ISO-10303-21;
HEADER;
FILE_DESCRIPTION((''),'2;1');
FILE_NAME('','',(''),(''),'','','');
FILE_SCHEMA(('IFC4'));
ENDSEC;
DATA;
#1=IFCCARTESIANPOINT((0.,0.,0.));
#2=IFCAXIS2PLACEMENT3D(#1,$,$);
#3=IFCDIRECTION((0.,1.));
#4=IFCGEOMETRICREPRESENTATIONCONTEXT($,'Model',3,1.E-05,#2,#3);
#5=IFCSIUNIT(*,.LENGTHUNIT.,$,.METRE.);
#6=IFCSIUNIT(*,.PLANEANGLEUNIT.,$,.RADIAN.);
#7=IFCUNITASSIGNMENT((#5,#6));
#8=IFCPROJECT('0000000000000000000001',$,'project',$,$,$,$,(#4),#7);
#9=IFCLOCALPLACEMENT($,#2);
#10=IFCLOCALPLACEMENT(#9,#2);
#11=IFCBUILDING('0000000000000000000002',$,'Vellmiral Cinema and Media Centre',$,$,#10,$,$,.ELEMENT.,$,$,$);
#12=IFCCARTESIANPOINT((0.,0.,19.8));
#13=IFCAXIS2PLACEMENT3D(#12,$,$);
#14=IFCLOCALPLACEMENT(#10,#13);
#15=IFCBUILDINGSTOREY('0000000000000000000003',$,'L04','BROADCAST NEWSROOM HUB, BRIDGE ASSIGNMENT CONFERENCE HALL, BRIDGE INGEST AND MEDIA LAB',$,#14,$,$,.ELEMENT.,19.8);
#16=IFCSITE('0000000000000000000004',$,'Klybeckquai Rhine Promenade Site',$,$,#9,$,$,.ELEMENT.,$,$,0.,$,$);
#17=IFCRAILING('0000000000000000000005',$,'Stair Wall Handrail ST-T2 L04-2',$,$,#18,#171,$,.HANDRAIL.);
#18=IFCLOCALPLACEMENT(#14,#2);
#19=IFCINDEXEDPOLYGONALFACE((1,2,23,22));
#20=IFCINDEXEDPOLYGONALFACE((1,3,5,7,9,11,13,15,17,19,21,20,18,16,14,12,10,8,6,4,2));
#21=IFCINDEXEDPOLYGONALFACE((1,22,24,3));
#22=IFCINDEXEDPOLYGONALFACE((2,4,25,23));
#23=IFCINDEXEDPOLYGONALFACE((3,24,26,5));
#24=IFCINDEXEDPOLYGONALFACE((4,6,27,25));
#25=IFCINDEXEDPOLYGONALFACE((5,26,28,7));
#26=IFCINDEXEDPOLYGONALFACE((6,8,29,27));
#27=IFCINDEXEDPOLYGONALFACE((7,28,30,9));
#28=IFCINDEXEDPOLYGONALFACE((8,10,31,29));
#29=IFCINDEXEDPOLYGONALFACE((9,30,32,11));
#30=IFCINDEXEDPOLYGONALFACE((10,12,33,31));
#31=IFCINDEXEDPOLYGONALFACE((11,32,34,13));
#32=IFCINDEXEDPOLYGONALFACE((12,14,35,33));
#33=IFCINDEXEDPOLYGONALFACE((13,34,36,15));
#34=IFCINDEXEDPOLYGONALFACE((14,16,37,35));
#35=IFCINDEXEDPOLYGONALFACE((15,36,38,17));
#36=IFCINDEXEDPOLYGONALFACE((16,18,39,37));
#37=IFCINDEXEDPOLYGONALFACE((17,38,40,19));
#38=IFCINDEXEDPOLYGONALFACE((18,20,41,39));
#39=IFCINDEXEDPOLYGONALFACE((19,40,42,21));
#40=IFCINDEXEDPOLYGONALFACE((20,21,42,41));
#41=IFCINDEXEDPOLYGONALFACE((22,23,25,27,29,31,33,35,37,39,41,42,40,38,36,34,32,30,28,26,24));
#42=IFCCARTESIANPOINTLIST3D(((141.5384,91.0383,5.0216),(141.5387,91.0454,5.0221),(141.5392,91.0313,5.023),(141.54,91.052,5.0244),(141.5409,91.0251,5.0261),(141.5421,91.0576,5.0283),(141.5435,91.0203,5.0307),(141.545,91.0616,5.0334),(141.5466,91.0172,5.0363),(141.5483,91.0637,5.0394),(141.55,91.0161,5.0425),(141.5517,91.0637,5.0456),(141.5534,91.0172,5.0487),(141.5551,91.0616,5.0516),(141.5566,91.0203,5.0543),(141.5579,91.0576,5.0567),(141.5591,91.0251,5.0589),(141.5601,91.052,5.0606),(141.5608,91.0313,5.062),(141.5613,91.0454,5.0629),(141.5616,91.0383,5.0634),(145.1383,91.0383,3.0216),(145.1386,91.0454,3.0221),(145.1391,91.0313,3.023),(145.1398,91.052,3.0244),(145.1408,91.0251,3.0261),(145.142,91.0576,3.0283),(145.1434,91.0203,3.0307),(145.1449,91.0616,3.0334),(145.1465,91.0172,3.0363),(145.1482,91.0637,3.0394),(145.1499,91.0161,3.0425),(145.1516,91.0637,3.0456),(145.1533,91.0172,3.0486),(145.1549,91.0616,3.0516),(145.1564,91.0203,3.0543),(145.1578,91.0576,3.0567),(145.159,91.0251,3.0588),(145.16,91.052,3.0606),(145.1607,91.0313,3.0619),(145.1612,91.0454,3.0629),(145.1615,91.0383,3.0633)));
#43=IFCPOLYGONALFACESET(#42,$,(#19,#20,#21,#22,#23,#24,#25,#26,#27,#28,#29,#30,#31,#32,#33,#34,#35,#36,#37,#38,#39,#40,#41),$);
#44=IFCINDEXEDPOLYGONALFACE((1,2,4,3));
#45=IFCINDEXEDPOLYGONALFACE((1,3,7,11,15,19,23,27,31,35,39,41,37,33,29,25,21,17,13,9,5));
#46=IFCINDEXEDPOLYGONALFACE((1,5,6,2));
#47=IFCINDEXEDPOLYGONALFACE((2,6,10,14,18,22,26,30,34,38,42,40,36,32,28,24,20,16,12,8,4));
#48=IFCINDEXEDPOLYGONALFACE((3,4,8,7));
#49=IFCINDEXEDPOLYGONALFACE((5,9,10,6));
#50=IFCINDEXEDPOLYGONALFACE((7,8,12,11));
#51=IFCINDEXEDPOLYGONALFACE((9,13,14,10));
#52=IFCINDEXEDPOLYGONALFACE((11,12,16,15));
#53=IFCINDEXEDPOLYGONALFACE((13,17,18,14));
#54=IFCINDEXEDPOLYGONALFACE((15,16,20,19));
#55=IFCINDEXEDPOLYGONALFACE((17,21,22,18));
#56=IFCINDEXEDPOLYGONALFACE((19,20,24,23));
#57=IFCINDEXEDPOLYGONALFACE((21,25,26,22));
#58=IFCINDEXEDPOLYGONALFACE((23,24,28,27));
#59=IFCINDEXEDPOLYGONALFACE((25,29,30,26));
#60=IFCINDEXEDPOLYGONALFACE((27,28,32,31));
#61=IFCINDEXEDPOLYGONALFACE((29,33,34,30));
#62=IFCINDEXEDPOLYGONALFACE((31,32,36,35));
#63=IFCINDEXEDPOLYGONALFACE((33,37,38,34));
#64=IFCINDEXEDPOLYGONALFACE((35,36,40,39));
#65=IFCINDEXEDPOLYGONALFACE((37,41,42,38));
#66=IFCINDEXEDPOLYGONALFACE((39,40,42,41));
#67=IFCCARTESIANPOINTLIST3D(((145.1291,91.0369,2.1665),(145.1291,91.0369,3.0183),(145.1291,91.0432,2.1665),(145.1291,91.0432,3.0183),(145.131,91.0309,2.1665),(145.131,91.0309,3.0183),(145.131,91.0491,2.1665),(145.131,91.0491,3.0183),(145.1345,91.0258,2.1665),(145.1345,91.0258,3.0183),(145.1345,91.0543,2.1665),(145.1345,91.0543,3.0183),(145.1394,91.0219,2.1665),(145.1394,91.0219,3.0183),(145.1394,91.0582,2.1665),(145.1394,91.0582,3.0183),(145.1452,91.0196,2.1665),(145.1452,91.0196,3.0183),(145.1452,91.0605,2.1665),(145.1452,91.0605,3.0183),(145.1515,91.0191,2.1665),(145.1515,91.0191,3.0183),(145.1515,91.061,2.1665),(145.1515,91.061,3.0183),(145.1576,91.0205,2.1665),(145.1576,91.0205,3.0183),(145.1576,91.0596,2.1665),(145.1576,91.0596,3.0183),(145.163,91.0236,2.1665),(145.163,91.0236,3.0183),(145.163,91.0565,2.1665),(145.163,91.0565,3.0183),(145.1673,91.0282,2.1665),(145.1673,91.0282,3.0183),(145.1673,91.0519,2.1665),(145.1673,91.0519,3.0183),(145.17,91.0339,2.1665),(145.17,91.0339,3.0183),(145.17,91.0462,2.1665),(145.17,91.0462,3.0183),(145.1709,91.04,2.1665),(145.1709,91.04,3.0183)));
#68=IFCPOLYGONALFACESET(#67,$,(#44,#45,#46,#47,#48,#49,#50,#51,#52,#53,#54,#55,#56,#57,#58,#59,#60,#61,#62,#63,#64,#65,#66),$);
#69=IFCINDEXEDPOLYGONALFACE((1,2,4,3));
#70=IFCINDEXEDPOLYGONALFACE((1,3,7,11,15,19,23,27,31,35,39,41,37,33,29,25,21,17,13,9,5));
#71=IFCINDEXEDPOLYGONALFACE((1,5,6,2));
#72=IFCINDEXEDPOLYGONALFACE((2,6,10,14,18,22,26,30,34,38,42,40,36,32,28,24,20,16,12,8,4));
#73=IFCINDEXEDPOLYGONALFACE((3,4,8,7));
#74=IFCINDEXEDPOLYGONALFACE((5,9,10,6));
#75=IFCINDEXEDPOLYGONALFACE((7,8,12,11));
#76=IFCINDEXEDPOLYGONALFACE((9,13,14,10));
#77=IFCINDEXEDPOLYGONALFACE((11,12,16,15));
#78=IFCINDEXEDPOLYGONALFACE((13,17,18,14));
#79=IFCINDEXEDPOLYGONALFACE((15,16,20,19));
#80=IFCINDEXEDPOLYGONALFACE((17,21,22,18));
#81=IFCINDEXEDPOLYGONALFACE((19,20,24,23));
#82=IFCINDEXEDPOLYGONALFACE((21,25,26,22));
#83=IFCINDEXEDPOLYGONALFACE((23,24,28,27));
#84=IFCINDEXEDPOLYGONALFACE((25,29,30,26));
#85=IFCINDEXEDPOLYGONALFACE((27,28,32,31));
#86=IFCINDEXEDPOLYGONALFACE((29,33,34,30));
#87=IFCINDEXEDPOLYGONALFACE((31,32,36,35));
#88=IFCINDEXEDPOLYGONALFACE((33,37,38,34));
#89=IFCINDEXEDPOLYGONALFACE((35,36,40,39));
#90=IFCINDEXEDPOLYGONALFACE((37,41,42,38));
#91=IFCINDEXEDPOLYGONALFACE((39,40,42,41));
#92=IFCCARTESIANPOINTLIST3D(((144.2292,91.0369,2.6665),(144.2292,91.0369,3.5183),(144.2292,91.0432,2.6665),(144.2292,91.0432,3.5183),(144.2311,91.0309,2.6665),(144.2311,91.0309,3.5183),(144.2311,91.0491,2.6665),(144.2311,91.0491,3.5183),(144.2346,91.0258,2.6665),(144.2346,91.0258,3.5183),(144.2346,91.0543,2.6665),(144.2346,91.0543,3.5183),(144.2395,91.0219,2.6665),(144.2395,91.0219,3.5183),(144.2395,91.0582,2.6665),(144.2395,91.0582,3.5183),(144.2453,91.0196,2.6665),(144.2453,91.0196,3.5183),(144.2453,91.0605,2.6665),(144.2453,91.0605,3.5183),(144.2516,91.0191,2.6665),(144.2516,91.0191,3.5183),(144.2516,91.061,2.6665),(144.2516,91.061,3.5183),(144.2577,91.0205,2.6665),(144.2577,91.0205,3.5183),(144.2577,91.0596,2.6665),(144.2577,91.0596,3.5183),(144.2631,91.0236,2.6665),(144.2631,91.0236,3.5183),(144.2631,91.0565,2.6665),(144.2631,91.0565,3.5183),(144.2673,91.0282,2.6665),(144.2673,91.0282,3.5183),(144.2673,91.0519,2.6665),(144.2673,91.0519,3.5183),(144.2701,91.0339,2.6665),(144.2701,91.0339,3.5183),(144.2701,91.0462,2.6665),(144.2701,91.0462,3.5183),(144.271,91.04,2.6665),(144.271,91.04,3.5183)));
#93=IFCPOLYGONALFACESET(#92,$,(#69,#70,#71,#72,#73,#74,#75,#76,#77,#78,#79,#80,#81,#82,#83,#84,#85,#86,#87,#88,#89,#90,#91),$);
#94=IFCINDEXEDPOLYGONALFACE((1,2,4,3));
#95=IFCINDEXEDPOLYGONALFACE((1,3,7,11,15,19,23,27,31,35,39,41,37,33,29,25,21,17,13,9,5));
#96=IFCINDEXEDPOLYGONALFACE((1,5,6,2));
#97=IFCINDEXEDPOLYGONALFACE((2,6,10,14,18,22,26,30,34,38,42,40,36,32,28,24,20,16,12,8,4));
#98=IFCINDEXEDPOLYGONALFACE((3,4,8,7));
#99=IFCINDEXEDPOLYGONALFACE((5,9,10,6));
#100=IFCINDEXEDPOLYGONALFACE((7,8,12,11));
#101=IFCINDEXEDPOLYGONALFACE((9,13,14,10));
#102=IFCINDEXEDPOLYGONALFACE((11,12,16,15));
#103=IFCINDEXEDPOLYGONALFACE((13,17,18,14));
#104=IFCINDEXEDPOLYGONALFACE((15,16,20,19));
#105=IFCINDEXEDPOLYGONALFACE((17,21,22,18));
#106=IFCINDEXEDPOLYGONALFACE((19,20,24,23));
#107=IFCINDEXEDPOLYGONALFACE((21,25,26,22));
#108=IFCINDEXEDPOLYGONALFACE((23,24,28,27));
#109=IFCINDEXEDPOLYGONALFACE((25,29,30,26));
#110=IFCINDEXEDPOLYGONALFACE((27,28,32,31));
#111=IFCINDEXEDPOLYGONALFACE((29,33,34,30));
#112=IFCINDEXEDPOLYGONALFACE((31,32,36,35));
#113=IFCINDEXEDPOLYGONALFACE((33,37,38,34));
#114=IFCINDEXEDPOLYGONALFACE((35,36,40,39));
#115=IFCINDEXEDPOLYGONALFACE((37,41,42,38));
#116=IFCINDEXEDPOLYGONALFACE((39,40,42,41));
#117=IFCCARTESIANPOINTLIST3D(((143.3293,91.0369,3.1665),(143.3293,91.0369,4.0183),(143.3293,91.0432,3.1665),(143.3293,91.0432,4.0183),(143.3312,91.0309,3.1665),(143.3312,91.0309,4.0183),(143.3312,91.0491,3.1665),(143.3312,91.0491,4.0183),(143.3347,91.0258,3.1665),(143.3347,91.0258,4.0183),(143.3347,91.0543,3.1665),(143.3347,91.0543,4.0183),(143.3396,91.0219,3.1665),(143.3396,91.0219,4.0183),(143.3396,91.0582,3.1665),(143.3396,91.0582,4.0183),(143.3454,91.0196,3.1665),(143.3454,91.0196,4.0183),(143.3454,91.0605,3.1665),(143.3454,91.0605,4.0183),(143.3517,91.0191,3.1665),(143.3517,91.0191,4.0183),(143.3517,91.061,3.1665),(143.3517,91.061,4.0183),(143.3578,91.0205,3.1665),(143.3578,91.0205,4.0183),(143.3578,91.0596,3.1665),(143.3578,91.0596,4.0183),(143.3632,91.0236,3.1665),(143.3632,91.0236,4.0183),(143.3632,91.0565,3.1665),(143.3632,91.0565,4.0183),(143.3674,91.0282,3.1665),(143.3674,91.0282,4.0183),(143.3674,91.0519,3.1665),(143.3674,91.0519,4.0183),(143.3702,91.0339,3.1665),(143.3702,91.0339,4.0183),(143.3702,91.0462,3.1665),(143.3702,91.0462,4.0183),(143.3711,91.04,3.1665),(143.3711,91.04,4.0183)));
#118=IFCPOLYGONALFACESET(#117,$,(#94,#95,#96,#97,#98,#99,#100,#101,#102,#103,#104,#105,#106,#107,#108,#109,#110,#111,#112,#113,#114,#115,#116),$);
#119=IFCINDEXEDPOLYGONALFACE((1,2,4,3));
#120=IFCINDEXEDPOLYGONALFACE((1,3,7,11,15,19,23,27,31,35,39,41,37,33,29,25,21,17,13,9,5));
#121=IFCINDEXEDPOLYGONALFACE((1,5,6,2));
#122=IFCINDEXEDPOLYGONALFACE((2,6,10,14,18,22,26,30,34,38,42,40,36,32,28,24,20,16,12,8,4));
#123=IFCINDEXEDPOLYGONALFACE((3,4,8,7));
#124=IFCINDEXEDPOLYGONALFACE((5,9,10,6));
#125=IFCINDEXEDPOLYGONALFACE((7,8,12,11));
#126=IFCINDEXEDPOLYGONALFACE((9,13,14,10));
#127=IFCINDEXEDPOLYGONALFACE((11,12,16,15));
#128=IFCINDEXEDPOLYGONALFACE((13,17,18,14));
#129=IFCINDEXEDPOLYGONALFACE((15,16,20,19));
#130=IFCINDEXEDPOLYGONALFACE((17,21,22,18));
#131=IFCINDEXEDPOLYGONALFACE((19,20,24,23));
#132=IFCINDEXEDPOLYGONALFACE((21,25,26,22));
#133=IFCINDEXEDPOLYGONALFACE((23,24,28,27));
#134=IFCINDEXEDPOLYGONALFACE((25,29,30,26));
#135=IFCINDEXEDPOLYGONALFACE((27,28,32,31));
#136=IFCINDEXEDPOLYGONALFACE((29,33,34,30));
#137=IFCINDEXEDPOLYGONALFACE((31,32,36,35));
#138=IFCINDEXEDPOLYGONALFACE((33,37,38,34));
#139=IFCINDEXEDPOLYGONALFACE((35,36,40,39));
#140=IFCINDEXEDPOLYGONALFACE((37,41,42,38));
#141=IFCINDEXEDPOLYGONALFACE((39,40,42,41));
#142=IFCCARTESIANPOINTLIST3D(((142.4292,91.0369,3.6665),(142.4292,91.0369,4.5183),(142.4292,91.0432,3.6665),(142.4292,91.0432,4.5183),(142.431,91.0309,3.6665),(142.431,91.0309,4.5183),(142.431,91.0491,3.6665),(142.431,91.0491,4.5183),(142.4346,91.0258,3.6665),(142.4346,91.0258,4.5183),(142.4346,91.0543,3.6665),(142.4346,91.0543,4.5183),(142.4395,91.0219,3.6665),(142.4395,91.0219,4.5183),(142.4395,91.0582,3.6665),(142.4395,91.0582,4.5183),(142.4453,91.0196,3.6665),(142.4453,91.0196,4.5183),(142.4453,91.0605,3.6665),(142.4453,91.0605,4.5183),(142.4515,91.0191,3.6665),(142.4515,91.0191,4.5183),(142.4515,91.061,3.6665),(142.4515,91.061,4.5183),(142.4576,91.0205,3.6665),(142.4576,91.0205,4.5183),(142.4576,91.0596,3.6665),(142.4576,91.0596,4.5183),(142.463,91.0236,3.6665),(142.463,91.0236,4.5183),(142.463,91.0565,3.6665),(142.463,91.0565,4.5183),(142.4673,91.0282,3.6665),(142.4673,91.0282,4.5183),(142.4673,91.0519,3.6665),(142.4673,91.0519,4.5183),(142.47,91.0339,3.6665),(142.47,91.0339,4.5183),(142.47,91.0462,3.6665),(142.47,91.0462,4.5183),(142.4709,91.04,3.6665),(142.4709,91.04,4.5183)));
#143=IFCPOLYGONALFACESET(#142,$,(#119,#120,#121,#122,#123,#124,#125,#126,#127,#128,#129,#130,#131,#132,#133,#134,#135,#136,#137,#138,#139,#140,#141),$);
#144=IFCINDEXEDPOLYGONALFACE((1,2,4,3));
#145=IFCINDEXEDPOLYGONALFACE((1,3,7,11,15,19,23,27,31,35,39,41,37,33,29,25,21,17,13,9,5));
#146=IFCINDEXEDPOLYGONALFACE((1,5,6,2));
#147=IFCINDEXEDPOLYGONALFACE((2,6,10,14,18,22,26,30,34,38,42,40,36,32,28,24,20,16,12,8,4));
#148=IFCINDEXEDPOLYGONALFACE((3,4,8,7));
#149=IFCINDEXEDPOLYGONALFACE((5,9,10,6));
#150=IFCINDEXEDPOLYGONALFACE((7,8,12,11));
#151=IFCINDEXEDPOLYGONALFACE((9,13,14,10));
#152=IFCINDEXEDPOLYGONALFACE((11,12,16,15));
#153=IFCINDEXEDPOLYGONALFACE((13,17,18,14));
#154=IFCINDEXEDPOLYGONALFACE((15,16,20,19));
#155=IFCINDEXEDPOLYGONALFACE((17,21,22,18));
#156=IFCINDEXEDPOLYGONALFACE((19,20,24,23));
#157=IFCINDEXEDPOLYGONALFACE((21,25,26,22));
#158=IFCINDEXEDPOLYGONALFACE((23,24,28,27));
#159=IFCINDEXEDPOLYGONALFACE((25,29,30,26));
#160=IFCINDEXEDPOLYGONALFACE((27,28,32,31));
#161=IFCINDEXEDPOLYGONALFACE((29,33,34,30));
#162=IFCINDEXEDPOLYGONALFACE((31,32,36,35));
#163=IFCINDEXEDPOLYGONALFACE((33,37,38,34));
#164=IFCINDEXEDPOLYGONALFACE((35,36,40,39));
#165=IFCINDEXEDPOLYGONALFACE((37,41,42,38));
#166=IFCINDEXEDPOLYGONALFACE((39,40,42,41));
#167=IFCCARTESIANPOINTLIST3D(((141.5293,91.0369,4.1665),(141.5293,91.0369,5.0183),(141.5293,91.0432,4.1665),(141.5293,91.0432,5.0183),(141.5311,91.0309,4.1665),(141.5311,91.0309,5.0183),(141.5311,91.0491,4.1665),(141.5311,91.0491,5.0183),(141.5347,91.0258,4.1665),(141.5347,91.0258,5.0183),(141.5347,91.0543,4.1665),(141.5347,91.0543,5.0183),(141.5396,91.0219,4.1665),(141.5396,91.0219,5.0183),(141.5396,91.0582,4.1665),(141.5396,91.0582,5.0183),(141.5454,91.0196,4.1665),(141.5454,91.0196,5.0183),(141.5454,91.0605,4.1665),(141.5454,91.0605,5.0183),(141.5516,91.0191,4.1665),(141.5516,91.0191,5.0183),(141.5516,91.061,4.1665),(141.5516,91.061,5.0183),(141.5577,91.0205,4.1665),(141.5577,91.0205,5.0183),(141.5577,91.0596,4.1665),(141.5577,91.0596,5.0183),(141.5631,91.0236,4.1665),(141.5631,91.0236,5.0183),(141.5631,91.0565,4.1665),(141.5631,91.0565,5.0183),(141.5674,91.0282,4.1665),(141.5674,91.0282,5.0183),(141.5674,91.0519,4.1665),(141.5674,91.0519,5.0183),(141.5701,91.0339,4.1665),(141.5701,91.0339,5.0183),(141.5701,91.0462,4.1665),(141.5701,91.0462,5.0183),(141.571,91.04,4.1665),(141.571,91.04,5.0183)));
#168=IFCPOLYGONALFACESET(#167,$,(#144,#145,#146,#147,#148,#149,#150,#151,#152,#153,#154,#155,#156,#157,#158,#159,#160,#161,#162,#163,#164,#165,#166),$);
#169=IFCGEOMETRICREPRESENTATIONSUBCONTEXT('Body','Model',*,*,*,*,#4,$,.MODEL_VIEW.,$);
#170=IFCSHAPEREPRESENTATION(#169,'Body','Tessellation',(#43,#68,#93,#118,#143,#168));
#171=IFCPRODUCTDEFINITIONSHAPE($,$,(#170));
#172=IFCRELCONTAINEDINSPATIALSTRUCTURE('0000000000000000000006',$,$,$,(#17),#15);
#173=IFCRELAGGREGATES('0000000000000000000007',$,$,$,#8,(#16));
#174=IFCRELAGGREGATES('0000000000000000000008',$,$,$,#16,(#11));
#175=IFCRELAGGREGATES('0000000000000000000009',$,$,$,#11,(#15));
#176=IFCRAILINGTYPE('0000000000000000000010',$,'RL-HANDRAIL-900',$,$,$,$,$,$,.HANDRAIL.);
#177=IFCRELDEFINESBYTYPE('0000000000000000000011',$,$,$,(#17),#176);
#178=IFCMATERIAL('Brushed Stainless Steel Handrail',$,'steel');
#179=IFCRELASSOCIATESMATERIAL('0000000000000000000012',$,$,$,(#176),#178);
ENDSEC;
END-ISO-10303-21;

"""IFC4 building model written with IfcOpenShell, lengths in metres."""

from ifc_helpers import new_model, si_unit, direction, frame, origin, origin_2d, place, context, subcontext, project, spatial, circle, extrude, material, type_object, element, save


model = new_model("IFC4")

# Units and contexts
model_context = context("Model", 3, precision=1e-05, world=origin(), true_north=direction((0.0, 1.0)))
body_context = subcontext(model_context, "Body", "Model", "MODEL_VIEW")
ifc_project = project(units=[si_unit("LENGTHUNIT", "METRE"), si_unit("PLANEANGLEUNIT", "RADIAN")], contexts=[model_context])

# Site, building, storey
site_placement = place(None, origin())
site = spatial("IfcSite", under=ifc_project, at=site_placement, Name="Klybeckquai Rhine Promenade Site", CompositionType="ELEMENT", RefElevation=0.0)
building_placement = place(site_placement, origin())
building = spatial("IfcBuilding", under=site, at=building_placement, Name="Vellmiral Cinema and Media Centre", CompositionType="ELEMENT")
storey_placement = place(building_placement, frame((0.0, 0.0, 19.8)))
storey = spatial("IfcBuildingStorey", under=building, at=storey_placement, Name="L04", Description="BROADCAST NEWSROOM HUB, BRIDGE ASSIGNMENT CONFERENCE HALL, BRIDGE INGEST AND MEDIA LAB", CompositionType="ELEMENT", Elevation=19.8)

# Railing
ifc_material_1 = material(Name="Brushed Stainless Steel Handrail", Category="steel")
railing_type_1 = type_object("IfcRailingType", Name="RL-HANDRAIL-900", PredefinedType="HANDRAIL", material=ifc_material_1)
railing_1_placement = place(storey_placement, frame((145.1499, 91.04, 2.1665)))
element("IfcRailing", 1, at=railing_1_placement, inside=storey, type_object=railing_type_1, Name="Stair Wall Handrail ST-T2 L04-2", PredefinedType="HANDRAIL", context=body_context, shape_type="SweptSolid", body=[
    extrude(circle(Radius=0.0239, at=origin_2d()), frame((0.0, 0.0, 0.876), z_axis=(-0.874149, 0.0, 0.485658), x_axis=(0.0, -1.0, 0.0)), (0.0, 0.0, 1.0), 4.1182),
    extrude(circle(Radius=0.021, at=origin_2d()), origin(), (0.0, 0.0, 1.0), 0.8518),
    extrude(circle(Radius=0.021, at=origin_2d()), frame((-0.8999, 0.0, 0.5)), (0.0, 0.0, 1.0), 0.8518),
    extrude(circle(Radius=0.021, at=origin_2d()), frame((-1.7998, 0.0, 1.0)), (0.0, 0.0, 1.0), 0.8518),
    extrude(circle(Radius=0.021, at=origin_2d()), frame((-2.7, 0.0, 1.5)), (0.0, 0.0, 1.0), 0.8518),
    extrude(circle(Radius=0.021, at=origin_2d()), frame((-3.5999, 0.0, 2.0)), (0.0, 0.0, 1.0), 0.8518),
])

save(model, "model.ifc")
